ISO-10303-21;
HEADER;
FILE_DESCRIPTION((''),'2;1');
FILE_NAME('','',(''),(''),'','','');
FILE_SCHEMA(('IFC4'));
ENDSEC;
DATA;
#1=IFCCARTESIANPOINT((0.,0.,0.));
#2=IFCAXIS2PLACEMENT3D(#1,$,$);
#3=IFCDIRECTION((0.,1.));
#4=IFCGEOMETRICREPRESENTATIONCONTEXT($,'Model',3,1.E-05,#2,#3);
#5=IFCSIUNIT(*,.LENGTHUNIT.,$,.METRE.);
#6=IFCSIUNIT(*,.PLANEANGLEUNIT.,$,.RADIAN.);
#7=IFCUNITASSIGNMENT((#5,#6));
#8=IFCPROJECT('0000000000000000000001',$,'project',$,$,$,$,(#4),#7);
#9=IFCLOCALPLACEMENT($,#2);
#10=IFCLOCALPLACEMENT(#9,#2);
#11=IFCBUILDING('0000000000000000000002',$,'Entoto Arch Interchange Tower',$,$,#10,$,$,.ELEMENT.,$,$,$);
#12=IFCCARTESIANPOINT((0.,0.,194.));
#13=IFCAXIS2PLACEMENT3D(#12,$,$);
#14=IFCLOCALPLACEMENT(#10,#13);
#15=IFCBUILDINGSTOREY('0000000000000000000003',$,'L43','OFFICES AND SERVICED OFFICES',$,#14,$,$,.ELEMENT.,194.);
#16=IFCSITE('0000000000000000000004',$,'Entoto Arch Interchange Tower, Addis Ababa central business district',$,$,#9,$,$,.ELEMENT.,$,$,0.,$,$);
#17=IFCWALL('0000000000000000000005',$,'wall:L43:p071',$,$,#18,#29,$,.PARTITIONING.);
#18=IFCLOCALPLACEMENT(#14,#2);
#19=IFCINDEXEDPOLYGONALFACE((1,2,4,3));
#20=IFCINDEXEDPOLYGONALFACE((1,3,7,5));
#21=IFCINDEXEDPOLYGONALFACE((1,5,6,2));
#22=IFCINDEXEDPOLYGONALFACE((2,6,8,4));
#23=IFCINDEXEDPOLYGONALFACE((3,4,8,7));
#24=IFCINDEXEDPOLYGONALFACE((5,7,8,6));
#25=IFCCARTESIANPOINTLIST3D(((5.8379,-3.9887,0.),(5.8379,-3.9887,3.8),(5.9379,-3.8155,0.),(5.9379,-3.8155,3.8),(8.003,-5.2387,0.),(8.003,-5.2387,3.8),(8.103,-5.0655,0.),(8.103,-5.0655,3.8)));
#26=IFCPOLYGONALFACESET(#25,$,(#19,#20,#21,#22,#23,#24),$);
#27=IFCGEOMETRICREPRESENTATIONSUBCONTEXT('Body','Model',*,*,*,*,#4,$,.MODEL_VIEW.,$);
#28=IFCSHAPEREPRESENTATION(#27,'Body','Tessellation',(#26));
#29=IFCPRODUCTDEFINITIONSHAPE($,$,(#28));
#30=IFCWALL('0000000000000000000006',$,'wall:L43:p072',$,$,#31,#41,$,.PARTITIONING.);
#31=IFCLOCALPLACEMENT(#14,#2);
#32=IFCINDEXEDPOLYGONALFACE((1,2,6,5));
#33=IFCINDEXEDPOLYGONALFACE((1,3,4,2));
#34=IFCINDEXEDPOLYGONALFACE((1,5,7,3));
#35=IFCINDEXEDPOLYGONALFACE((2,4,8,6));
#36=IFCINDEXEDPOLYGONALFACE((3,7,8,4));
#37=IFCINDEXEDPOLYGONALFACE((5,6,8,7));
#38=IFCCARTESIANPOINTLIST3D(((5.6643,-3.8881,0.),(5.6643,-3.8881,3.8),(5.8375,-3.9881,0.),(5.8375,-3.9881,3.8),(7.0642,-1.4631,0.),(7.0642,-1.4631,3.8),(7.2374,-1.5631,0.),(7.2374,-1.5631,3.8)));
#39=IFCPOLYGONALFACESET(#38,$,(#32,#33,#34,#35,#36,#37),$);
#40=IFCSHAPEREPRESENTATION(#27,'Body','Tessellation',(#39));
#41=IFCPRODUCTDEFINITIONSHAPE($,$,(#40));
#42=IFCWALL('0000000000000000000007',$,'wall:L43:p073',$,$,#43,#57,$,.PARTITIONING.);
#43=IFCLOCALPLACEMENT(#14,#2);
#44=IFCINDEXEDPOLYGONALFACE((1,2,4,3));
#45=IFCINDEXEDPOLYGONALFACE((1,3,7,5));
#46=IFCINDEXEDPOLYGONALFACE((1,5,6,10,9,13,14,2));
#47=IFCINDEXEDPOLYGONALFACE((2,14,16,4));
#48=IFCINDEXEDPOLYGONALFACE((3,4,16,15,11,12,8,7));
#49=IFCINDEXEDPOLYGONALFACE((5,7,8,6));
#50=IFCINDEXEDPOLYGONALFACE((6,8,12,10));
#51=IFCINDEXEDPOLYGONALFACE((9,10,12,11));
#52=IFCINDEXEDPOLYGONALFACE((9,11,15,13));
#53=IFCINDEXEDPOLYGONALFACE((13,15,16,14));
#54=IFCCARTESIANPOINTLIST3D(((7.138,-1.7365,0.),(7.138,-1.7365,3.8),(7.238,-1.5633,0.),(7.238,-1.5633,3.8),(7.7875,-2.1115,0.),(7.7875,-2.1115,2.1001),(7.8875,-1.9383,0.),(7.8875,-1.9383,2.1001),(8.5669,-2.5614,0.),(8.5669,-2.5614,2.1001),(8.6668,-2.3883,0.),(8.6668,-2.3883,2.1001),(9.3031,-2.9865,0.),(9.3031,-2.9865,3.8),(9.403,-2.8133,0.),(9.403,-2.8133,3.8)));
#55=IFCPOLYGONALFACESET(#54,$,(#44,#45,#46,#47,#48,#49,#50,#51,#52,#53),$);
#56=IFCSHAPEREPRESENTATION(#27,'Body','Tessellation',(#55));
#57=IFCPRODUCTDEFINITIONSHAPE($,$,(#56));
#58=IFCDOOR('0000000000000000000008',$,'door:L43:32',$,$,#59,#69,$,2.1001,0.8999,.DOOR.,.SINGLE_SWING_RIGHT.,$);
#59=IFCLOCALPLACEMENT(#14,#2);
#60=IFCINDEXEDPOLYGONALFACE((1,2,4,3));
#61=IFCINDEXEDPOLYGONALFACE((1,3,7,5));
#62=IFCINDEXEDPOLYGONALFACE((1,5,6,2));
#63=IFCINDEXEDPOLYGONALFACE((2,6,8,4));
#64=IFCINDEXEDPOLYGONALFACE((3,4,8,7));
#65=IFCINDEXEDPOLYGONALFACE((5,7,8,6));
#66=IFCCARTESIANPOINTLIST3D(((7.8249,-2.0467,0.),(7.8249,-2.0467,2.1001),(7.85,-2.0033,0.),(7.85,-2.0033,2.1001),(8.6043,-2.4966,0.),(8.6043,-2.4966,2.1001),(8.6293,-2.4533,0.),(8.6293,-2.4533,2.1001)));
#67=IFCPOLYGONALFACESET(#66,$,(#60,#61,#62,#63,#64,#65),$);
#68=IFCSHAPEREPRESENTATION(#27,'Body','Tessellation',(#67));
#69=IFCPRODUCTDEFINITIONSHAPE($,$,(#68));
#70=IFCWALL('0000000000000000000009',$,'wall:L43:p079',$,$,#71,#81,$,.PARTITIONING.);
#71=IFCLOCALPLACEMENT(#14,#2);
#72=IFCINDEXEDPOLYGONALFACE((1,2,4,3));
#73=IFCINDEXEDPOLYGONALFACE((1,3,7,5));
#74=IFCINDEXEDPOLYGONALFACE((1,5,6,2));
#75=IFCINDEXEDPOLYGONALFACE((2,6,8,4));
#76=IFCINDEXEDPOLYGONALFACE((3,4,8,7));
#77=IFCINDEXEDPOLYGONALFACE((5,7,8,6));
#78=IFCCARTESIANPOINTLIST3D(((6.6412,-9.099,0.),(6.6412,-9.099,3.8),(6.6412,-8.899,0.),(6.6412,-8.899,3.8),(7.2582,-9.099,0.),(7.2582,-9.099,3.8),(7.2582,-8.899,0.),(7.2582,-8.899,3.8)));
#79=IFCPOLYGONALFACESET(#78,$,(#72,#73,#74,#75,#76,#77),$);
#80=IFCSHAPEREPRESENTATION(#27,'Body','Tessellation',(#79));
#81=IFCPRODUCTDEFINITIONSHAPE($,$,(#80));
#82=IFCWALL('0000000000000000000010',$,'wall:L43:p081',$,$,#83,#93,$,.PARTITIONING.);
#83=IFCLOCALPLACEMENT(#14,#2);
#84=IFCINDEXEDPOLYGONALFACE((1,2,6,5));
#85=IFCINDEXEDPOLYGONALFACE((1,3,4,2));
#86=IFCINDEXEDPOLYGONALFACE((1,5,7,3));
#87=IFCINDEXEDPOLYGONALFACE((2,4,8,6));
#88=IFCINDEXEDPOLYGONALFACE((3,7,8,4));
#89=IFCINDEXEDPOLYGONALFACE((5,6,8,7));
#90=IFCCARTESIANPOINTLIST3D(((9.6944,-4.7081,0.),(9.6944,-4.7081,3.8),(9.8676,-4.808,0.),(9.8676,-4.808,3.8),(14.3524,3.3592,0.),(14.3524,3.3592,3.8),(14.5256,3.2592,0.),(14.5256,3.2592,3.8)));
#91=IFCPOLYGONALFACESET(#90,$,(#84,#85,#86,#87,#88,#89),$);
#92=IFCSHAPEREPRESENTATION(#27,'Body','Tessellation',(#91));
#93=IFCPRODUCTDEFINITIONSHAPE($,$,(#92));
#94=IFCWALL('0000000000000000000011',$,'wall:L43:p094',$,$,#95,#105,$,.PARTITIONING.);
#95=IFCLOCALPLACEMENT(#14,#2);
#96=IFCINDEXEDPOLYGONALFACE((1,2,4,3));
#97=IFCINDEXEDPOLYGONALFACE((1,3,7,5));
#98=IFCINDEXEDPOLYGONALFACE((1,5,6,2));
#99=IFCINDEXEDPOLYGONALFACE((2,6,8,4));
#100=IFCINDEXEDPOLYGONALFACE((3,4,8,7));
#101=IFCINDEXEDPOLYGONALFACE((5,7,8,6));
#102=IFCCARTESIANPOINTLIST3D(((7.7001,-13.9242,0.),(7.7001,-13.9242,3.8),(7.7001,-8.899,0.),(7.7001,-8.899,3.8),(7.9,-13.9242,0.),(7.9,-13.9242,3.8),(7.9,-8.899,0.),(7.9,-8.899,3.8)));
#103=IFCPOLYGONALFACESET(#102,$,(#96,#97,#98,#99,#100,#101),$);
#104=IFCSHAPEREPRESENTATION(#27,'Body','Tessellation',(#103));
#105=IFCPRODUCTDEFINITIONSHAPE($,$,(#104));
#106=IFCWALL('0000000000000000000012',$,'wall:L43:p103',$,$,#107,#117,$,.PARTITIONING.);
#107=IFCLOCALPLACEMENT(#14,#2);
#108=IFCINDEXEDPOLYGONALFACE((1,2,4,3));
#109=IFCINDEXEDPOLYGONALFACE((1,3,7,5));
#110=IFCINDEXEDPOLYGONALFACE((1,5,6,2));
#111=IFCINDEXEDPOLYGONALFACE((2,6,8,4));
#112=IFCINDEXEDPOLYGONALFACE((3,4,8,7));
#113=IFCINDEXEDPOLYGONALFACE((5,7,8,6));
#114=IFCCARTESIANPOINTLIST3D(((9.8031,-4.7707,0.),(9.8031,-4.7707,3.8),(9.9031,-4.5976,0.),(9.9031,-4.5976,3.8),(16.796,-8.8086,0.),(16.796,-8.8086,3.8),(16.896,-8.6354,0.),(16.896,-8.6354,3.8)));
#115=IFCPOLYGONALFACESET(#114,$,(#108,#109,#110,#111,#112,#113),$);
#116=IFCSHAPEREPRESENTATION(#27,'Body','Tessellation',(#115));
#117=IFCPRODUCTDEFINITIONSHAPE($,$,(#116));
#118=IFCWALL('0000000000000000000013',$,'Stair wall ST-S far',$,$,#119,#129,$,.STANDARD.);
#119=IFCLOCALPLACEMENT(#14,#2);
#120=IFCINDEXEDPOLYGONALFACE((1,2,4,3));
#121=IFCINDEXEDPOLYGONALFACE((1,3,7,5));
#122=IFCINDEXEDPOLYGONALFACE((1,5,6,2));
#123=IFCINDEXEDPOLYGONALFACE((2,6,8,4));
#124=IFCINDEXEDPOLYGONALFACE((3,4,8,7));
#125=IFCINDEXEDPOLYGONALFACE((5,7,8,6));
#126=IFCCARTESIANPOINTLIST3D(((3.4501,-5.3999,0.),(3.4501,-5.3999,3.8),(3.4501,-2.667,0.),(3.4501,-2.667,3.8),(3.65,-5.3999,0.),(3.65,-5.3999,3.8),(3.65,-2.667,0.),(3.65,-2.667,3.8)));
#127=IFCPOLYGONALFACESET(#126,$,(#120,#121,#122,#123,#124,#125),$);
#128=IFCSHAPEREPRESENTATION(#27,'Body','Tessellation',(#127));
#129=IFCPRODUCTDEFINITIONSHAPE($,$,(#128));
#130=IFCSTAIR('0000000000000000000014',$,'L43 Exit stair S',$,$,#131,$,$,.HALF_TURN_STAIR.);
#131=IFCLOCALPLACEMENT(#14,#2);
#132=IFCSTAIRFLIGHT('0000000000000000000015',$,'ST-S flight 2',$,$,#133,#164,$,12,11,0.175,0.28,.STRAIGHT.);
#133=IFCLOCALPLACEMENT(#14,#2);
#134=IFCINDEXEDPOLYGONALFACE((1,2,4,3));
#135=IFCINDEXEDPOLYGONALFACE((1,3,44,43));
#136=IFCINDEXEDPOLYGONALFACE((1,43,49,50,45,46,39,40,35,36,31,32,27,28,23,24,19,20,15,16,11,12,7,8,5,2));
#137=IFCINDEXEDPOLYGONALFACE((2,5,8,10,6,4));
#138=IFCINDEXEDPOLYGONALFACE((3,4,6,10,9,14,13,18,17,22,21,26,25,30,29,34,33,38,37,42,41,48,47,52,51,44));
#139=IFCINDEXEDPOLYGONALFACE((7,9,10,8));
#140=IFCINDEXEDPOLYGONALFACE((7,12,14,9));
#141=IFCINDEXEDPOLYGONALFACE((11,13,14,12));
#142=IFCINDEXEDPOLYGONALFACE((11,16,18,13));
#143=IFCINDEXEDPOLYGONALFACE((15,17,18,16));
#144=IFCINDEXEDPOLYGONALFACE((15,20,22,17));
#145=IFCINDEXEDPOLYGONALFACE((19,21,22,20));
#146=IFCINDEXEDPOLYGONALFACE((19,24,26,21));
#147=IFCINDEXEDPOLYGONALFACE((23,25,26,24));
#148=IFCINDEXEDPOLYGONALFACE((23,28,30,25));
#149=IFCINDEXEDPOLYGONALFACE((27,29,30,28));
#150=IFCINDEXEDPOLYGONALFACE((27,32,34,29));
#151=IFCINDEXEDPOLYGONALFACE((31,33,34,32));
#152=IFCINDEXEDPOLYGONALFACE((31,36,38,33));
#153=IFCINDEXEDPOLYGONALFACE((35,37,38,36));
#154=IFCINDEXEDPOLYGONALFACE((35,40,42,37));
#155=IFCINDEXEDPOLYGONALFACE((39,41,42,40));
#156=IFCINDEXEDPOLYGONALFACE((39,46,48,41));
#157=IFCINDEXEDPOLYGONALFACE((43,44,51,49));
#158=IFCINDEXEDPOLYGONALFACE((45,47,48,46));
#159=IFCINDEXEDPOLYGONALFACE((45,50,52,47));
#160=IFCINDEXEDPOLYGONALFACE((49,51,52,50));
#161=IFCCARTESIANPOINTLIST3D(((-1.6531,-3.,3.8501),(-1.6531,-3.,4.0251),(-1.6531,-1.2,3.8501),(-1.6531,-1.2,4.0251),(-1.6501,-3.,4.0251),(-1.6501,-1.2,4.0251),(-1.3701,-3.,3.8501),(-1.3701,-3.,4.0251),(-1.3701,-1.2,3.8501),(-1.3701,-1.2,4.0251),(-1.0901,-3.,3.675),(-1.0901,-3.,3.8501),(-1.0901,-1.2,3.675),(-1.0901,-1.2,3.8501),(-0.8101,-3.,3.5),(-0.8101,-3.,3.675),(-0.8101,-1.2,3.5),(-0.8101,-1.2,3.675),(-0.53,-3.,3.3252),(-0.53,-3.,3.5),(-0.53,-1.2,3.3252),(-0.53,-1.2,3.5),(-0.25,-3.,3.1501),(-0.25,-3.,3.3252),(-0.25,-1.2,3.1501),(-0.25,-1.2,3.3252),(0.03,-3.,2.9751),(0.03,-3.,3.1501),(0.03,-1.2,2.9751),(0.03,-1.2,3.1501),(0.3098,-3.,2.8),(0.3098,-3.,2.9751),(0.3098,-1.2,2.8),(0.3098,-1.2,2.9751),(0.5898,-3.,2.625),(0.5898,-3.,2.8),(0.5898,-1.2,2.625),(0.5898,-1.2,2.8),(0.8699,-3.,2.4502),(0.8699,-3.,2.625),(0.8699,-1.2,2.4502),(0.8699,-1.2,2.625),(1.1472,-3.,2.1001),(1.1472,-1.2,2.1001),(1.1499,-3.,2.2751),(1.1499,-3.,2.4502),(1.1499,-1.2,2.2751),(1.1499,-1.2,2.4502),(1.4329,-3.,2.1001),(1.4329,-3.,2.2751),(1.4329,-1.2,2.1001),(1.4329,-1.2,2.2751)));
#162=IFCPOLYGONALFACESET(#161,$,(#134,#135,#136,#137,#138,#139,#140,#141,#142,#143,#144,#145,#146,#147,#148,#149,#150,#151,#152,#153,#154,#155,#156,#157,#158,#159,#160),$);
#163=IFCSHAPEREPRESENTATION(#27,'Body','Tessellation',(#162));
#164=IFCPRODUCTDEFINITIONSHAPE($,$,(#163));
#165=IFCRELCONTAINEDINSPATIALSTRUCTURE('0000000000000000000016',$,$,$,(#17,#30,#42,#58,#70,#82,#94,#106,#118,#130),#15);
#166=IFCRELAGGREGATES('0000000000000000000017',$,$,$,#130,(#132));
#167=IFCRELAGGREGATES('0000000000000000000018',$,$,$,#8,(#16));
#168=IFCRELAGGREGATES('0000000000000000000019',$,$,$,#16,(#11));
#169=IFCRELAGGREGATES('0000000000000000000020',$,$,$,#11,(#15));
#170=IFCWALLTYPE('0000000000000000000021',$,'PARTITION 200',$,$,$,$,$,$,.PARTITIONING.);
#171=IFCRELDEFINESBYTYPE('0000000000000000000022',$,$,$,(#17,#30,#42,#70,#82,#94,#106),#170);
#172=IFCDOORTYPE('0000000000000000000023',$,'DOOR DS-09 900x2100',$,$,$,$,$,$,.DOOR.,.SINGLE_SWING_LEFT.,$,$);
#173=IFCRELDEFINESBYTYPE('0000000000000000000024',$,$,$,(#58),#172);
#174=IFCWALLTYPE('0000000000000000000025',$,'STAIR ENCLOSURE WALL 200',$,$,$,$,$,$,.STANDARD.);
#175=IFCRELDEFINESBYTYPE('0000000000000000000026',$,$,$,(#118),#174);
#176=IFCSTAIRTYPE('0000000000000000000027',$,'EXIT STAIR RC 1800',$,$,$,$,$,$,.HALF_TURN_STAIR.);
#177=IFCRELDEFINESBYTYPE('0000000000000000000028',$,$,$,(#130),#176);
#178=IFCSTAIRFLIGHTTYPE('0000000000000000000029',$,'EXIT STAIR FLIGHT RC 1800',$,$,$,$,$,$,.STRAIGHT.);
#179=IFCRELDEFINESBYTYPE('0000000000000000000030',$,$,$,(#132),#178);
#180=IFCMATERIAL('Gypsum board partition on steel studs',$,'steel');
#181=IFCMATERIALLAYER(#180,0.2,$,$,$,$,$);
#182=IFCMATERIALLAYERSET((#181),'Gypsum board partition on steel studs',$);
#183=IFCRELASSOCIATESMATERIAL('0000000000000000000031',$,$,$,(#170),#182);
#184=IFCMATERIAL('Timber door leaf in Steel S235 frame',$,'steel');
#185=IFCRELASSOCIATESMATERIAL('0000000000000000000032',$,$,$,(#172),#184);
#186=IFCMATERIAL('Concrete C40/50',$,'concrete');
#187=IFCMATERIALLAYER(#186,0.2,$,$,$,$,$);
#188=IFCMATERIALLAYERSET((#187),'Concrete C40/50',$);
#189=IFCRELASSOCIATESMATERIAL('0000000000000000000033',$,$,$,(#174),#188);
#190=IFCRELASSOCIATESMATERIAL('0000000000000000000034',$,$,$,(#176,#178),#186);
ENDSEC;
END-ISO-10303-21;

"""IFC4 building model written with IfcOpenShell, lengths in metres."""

from ifc_helpers import new_model, si_unit, direction, frame, frame_2d, origin, place, context, subcontext, project, spatial, polyline, rectangle, outline, extrude, material, layer, layer_set, type_object, element, fill, aggregate, save


model = new_model("IFC4")

# Units and contexts
model_context = context("Model", 3, precision=1e-05, world=origin(), true_north=direction((0.0, 1.0)))
body_context = subcontext(model_context, "Body", "Model", "MODEL_VIEW")
ifc_project = project(units=[si_unit("LENGTHUNIT", "METRE"), si_unit("PLANEANGLEUNIT", "RADIAN")], contexts=[model_context])

# Site, building, storey
site_placement = place(None, origin())
site = spatial("IfcSite", under=ifc_project, at=site_placement, Name="Entoto Arch Interchange Tower, Addis Ababa central business district", CompositionType="ELEMENT", RefElevation=0.0)
building_placement = place(site_placement, origin())
building = spatial("IfcBuilding", under=site, at=building_placement, Name="Entoto Arch Interchange Tower", CompositionType="ELEMENT")
storey_placement = place(building_placement, frame((0.0, 0.0, 194.0)))
storey = spatial("IfcBuildingStorey", under=building, at=storey_placement, Name="L43", Description="OFFICES AND SERVICED OFFICES", CompositionType="ELEMENT", Elevation=194.0)

# Shared definitions
ifc_material_1 = material(Name="Concrete C40/50", Category="concrete")

# Walls
ifc_material_2 = material(Name="Gypsum board partition on steel studs", Category="steel")
ifc_layer_1 = layer(ifc_material_2, 0.2)
ifc_layer_set_1 = layer_set([ifc_layer_1], Name="Gypsum board partition on steel studs")
wall_type_1 = type_object("IfcWallType", Name="PARTITION 200", PredefinedType="PARTITIONING", material=ifc_layer_set_1)
wall_1_placement = place(storey_placement, frame((8.053, -5.1521, 0.0), z_axis=(0.0, 0.0, 1.0), x_axis=(-0.866023, 0.500004, 0.0)))
element("IfcWall", 1, at=wall_1_placement, inside=storey, type_object=wall_type_1, Name="wall:L43:p071", PredefinedType="PARTITIONING", context=body_context, shape_type="SweptSolid", body=[
    extrude(rectangle(XDim=2.5, YDim=0.2, at=frame_2d((1.25, 0.0))), origin(), (0.0, 0.0, 1.0), 3.8),
])
wall_2_placement = place(storey_placement, frame((5.751, -3.938, 0.0), z_axis=(0.0, 0.0, 1.0), x_axis=(0.499946, 0.866056, 0.0)))
element("IfcWall", 2, at=wall_2_placement, inside=storey, type_object=wall_type_1, Name="wall:L43:p072", PredefinedType="PARTITIONING", context=body_context, shape_type="SweptSolid", body=[
    extrude(rectangle(XDim=2.8, YDim=0.2, at=frame_2d((1.3999, 0.0))), origin(), (0.0, 0.0, 1.0), 3.8),
])

# Wall, opening, door
wall_3_placement = place(storey_placement, frame((7.188, -1.6499, 0.0), z_axis=(0.0, 0.0, 1.0), x_axis=(0.866023, -0.500004, 0.0)))
wall_3 = element("IfcWall", 3, at=wall_3_placement, inside=storey, type_object=wall_type_1, Name="wall:L43:p073", PredefinedType="PARTITIONING", context=body_context, shape_type="SweptSolid", body=[
    extrude(rectangle(XDim=2.5, YDim=0.2, at=frame_2d((1.25, 0.0))), origin(), (0.0, 0.0, 1.0), 3.8),
])
opening_1_placement = place(wall_3_placement, frame((0.75, 0.0, 0.0)))
opening_1 = element("IfcOpeningElement", 4, at=opening_1_placement, cuts=wall_3, PredefinedType="OPENING", context=body_context, shape_type="SweptSolid", body=[
    extrude(rectangle(XDim=0.8999, YDim=2.1001, at=frame_2d((0.45, 1.05))), frame((0.0, 0.1099, 0.0), z_axis=(0.0, -1.0, 0.0), x_axis=(1.0, 0.0, 0.0)), (0.0, 0.0, 1.0), 0.22),
])
ifc_material_3 = material(Name="Timber door leaf in Steel S235 frame", Category="steel")
door_type_1 = type_object("IfcDoorType", Name="DOOR DS-09 900x2100", OperationType="SINGLE_SWING_LEFT", PredefinedType="DOOR", material=ifc_material_3)
door_1_placement = place(opening_1_placement, origin())
door_1 = element("IfcDoor", 5, at=door_1_placement, inside=storey, type_object=door_type_1, Name="door:L43:32", OperationType="SINGLE_SWING_RIGHT", OverallHeight=2.1001, OverallWidth=0.8999, PredefinedType="DOOR", context=body_context, shape_type="SweptSolid", body=[
    extrude(rectangle(XDim=0.8999, YDim=2.1001, at=frame_2d((0.45, 1.05))), frame((0.0, 0.0249, 0.0), z_axis=(0.0, -1.0, 0.0), x_axis=(1.0, 0.0, 0.0)), (0.0, 0.0, 1.0), 0.05),
])
fill(opening_1, door_1)

# Walls
wall_4_placement = place(storey_placement, frame((6.6411, -8.999, 0.0), z_axis=(0.0, 0.0, 1.0), x_axis=(1.0, 0.0, 0.0)))
element("IfcWall", 6, at=wall_4_placement, inside=storey, type_object=wall_type_1, Name="wall:L43:p079", PredefinedType="PARTITIONING", context=body_context, shape_type="SweptSolid", body=[
    extrude(rectangle(XDim=0.6169, YDim=0.2, at=frame_2d((0.3086, 0.0))), origin(), (0.0, 0.0, 1.0), 3.8),
])
wall_5_placement = place(storey_placement, frame((9.781, -4.7581, 0.0), z_axis=(0.0, 0.0, 1.0), x_axis=(0.500032, 0.866007, 0.0)))
element("IfcWall", 7, at=wall_5_placement, inside=storey, type_object=wall_type_1, Name="wall:L43:p081", PredefinedType="PARTITIONING", context=body_context, shape_type="SweptSolid", body=[
    extrude(rectangle(XDim=9.3154, YDim=0.2, at=frame_2d((4.6577, 0.0))), origin(), (0.0, 0.0, 1.0), 3.8),
])
wall_6_placement = place(storey_placement, frame((7.8, -8.8989, 0.0), z_axis=(0.0, 0.0, 1.0), x_axis=(0.0, -1.0, 0.0)))
element("IfcWall", 8, at=wall_6_placement, inside=storey, type_object=wall_type_1, Name="wall:L43:p094", PredefinedType="PARTITIONING", context=body_context, shape_type="SweptSolid", body=[
    extrude(rectangle(XDim=5.0251, YDim=0.2, at=frame_2d((2.5127, 0.0))), origin(), (0.0, 0.0, 1.0), 3.8),
])
wall_7_placement = place(storey_placement, frame((9.853, -4.6841, 0.0), z_axis=(0.0, 0.0, 1.0), x_axis=(0.866, -0.500044, 0.0)))
element("IfcWall", 9, at=wall_7_placement, inside=storey, type_object=wall_type_1, Name="wall:L43:p103", PredefinedType="PARTITIONING", context=body_context, shape_type="SweptSolid", body=[
    extrude(rectangle(XDim=8.075, YDim=0.2, at=frame_2d((4.0376, 0.0))), origin(), (0.0, 0.0, 1.0), 3.8),
])
ifc_layer_2 = layer(ifc_material_1, 0.2)
ifc_layer_set_2 = layer_set([ifc_layer_2], Name="Concrete C40/50")
wall_type_2 = type_object("IfcWallType", Name="STAIR ENCLOSURE WALL 200", PredefinedType="STANDARD", material=ifc_layer_set_2)
wall_8_placement = place(storey_placement, frame((3.55, -2.667, 0.0), z_axis=(0.0, 0.0, 1.0), x_axis=(0.0, -1.0, 0.0)))
element("IfcWall", 10, at=wall_8_placement, inside=storey, type_object=wall_type_2, Name="Stair wall ST-S far", PredefinedType="STANDARD", context=body_context, shape_type="SweptSolid", body=[
    extrude(rectangle(XDim=2.7329, YDim=0.2, at=frame_2d((1.3665, 0.0))), origin(), (0.0, 0.0, 1.0), 3.8),
])

# Stair, stair flight
stair_type = type_object("IfcStairType", Name="EXIT STAIR RC 1800", PredefinedType="HALF_TURN_STAIR", material=ifc_material_1)
stair_placement = place(storey_placement, origin())
stair = element("IfcStair", 11, at=stair_placement, inside=storey, type_object=stair_type, Name="L43 Exit stair S", PredefinedType="HALF_TURN_STAIR")
stair_flight_type = type_object("IfcStairFlightType", Name="EXIT STAIR FLIGHT RC 1800", PredefinedType="STRAIGHT", material=ifc_material_1)
stair_flight_placement = place(storey_placement, frame((1.4299, -2.1001, 2.1001), z_axis=(0.0, 0.0, 1.0), x_axis=(-1.0, 0.0, 0.0)))
stair_flight = element("IfcStairFlight", 12, at=stair_flight_placement, type_object=stair_flight_type, Name="ST-S flight 2", NumberOfRisers=12, NumberOfTreads=11, PredefinedType="STRAIGHT", RiserHeight=0.175, TreadLength=0.28, context=body_context, shape_type="SweptSolid", body=[
    extrude(outline(polyline([(-0.0029, 0.0), (-0.0029, 0.175), (0.28, 0.175), (0.28, 0.3501), (0.5601, 0.3501), (0.5601, 0.5249), (0.8401, 0.5249), (0.8401, 0.7), (1.1201, 0.7), (1.1201, 0.875), (1.3999, 0.875), (1.3999, 1.05), (1.6799, 1.05), (1.6799, 1.2251), (1.96, 1.2251), (1.96, 1.3999), (2.24, 1.3999), (2.24, 1.575), (2.52, 1.575), (2.52, 1.75), (2.8, 1.75), (2.8, 1.925), (3.0801, 1.925), (3.083, 1.925), (3.083, 1.75), (0.2827, 0.0), (-0.0029, 0.0)])), frame((0.0, 0.8999, 0.0), z_axis=(0.0, -1.0, 0.0), x_axis=(1.0, 0.0, 0.0)), (0.0, 0.0, 1.0), 1.8),
])
aggregate(stair, [stair_flight])

save(model, "model.ifc")
